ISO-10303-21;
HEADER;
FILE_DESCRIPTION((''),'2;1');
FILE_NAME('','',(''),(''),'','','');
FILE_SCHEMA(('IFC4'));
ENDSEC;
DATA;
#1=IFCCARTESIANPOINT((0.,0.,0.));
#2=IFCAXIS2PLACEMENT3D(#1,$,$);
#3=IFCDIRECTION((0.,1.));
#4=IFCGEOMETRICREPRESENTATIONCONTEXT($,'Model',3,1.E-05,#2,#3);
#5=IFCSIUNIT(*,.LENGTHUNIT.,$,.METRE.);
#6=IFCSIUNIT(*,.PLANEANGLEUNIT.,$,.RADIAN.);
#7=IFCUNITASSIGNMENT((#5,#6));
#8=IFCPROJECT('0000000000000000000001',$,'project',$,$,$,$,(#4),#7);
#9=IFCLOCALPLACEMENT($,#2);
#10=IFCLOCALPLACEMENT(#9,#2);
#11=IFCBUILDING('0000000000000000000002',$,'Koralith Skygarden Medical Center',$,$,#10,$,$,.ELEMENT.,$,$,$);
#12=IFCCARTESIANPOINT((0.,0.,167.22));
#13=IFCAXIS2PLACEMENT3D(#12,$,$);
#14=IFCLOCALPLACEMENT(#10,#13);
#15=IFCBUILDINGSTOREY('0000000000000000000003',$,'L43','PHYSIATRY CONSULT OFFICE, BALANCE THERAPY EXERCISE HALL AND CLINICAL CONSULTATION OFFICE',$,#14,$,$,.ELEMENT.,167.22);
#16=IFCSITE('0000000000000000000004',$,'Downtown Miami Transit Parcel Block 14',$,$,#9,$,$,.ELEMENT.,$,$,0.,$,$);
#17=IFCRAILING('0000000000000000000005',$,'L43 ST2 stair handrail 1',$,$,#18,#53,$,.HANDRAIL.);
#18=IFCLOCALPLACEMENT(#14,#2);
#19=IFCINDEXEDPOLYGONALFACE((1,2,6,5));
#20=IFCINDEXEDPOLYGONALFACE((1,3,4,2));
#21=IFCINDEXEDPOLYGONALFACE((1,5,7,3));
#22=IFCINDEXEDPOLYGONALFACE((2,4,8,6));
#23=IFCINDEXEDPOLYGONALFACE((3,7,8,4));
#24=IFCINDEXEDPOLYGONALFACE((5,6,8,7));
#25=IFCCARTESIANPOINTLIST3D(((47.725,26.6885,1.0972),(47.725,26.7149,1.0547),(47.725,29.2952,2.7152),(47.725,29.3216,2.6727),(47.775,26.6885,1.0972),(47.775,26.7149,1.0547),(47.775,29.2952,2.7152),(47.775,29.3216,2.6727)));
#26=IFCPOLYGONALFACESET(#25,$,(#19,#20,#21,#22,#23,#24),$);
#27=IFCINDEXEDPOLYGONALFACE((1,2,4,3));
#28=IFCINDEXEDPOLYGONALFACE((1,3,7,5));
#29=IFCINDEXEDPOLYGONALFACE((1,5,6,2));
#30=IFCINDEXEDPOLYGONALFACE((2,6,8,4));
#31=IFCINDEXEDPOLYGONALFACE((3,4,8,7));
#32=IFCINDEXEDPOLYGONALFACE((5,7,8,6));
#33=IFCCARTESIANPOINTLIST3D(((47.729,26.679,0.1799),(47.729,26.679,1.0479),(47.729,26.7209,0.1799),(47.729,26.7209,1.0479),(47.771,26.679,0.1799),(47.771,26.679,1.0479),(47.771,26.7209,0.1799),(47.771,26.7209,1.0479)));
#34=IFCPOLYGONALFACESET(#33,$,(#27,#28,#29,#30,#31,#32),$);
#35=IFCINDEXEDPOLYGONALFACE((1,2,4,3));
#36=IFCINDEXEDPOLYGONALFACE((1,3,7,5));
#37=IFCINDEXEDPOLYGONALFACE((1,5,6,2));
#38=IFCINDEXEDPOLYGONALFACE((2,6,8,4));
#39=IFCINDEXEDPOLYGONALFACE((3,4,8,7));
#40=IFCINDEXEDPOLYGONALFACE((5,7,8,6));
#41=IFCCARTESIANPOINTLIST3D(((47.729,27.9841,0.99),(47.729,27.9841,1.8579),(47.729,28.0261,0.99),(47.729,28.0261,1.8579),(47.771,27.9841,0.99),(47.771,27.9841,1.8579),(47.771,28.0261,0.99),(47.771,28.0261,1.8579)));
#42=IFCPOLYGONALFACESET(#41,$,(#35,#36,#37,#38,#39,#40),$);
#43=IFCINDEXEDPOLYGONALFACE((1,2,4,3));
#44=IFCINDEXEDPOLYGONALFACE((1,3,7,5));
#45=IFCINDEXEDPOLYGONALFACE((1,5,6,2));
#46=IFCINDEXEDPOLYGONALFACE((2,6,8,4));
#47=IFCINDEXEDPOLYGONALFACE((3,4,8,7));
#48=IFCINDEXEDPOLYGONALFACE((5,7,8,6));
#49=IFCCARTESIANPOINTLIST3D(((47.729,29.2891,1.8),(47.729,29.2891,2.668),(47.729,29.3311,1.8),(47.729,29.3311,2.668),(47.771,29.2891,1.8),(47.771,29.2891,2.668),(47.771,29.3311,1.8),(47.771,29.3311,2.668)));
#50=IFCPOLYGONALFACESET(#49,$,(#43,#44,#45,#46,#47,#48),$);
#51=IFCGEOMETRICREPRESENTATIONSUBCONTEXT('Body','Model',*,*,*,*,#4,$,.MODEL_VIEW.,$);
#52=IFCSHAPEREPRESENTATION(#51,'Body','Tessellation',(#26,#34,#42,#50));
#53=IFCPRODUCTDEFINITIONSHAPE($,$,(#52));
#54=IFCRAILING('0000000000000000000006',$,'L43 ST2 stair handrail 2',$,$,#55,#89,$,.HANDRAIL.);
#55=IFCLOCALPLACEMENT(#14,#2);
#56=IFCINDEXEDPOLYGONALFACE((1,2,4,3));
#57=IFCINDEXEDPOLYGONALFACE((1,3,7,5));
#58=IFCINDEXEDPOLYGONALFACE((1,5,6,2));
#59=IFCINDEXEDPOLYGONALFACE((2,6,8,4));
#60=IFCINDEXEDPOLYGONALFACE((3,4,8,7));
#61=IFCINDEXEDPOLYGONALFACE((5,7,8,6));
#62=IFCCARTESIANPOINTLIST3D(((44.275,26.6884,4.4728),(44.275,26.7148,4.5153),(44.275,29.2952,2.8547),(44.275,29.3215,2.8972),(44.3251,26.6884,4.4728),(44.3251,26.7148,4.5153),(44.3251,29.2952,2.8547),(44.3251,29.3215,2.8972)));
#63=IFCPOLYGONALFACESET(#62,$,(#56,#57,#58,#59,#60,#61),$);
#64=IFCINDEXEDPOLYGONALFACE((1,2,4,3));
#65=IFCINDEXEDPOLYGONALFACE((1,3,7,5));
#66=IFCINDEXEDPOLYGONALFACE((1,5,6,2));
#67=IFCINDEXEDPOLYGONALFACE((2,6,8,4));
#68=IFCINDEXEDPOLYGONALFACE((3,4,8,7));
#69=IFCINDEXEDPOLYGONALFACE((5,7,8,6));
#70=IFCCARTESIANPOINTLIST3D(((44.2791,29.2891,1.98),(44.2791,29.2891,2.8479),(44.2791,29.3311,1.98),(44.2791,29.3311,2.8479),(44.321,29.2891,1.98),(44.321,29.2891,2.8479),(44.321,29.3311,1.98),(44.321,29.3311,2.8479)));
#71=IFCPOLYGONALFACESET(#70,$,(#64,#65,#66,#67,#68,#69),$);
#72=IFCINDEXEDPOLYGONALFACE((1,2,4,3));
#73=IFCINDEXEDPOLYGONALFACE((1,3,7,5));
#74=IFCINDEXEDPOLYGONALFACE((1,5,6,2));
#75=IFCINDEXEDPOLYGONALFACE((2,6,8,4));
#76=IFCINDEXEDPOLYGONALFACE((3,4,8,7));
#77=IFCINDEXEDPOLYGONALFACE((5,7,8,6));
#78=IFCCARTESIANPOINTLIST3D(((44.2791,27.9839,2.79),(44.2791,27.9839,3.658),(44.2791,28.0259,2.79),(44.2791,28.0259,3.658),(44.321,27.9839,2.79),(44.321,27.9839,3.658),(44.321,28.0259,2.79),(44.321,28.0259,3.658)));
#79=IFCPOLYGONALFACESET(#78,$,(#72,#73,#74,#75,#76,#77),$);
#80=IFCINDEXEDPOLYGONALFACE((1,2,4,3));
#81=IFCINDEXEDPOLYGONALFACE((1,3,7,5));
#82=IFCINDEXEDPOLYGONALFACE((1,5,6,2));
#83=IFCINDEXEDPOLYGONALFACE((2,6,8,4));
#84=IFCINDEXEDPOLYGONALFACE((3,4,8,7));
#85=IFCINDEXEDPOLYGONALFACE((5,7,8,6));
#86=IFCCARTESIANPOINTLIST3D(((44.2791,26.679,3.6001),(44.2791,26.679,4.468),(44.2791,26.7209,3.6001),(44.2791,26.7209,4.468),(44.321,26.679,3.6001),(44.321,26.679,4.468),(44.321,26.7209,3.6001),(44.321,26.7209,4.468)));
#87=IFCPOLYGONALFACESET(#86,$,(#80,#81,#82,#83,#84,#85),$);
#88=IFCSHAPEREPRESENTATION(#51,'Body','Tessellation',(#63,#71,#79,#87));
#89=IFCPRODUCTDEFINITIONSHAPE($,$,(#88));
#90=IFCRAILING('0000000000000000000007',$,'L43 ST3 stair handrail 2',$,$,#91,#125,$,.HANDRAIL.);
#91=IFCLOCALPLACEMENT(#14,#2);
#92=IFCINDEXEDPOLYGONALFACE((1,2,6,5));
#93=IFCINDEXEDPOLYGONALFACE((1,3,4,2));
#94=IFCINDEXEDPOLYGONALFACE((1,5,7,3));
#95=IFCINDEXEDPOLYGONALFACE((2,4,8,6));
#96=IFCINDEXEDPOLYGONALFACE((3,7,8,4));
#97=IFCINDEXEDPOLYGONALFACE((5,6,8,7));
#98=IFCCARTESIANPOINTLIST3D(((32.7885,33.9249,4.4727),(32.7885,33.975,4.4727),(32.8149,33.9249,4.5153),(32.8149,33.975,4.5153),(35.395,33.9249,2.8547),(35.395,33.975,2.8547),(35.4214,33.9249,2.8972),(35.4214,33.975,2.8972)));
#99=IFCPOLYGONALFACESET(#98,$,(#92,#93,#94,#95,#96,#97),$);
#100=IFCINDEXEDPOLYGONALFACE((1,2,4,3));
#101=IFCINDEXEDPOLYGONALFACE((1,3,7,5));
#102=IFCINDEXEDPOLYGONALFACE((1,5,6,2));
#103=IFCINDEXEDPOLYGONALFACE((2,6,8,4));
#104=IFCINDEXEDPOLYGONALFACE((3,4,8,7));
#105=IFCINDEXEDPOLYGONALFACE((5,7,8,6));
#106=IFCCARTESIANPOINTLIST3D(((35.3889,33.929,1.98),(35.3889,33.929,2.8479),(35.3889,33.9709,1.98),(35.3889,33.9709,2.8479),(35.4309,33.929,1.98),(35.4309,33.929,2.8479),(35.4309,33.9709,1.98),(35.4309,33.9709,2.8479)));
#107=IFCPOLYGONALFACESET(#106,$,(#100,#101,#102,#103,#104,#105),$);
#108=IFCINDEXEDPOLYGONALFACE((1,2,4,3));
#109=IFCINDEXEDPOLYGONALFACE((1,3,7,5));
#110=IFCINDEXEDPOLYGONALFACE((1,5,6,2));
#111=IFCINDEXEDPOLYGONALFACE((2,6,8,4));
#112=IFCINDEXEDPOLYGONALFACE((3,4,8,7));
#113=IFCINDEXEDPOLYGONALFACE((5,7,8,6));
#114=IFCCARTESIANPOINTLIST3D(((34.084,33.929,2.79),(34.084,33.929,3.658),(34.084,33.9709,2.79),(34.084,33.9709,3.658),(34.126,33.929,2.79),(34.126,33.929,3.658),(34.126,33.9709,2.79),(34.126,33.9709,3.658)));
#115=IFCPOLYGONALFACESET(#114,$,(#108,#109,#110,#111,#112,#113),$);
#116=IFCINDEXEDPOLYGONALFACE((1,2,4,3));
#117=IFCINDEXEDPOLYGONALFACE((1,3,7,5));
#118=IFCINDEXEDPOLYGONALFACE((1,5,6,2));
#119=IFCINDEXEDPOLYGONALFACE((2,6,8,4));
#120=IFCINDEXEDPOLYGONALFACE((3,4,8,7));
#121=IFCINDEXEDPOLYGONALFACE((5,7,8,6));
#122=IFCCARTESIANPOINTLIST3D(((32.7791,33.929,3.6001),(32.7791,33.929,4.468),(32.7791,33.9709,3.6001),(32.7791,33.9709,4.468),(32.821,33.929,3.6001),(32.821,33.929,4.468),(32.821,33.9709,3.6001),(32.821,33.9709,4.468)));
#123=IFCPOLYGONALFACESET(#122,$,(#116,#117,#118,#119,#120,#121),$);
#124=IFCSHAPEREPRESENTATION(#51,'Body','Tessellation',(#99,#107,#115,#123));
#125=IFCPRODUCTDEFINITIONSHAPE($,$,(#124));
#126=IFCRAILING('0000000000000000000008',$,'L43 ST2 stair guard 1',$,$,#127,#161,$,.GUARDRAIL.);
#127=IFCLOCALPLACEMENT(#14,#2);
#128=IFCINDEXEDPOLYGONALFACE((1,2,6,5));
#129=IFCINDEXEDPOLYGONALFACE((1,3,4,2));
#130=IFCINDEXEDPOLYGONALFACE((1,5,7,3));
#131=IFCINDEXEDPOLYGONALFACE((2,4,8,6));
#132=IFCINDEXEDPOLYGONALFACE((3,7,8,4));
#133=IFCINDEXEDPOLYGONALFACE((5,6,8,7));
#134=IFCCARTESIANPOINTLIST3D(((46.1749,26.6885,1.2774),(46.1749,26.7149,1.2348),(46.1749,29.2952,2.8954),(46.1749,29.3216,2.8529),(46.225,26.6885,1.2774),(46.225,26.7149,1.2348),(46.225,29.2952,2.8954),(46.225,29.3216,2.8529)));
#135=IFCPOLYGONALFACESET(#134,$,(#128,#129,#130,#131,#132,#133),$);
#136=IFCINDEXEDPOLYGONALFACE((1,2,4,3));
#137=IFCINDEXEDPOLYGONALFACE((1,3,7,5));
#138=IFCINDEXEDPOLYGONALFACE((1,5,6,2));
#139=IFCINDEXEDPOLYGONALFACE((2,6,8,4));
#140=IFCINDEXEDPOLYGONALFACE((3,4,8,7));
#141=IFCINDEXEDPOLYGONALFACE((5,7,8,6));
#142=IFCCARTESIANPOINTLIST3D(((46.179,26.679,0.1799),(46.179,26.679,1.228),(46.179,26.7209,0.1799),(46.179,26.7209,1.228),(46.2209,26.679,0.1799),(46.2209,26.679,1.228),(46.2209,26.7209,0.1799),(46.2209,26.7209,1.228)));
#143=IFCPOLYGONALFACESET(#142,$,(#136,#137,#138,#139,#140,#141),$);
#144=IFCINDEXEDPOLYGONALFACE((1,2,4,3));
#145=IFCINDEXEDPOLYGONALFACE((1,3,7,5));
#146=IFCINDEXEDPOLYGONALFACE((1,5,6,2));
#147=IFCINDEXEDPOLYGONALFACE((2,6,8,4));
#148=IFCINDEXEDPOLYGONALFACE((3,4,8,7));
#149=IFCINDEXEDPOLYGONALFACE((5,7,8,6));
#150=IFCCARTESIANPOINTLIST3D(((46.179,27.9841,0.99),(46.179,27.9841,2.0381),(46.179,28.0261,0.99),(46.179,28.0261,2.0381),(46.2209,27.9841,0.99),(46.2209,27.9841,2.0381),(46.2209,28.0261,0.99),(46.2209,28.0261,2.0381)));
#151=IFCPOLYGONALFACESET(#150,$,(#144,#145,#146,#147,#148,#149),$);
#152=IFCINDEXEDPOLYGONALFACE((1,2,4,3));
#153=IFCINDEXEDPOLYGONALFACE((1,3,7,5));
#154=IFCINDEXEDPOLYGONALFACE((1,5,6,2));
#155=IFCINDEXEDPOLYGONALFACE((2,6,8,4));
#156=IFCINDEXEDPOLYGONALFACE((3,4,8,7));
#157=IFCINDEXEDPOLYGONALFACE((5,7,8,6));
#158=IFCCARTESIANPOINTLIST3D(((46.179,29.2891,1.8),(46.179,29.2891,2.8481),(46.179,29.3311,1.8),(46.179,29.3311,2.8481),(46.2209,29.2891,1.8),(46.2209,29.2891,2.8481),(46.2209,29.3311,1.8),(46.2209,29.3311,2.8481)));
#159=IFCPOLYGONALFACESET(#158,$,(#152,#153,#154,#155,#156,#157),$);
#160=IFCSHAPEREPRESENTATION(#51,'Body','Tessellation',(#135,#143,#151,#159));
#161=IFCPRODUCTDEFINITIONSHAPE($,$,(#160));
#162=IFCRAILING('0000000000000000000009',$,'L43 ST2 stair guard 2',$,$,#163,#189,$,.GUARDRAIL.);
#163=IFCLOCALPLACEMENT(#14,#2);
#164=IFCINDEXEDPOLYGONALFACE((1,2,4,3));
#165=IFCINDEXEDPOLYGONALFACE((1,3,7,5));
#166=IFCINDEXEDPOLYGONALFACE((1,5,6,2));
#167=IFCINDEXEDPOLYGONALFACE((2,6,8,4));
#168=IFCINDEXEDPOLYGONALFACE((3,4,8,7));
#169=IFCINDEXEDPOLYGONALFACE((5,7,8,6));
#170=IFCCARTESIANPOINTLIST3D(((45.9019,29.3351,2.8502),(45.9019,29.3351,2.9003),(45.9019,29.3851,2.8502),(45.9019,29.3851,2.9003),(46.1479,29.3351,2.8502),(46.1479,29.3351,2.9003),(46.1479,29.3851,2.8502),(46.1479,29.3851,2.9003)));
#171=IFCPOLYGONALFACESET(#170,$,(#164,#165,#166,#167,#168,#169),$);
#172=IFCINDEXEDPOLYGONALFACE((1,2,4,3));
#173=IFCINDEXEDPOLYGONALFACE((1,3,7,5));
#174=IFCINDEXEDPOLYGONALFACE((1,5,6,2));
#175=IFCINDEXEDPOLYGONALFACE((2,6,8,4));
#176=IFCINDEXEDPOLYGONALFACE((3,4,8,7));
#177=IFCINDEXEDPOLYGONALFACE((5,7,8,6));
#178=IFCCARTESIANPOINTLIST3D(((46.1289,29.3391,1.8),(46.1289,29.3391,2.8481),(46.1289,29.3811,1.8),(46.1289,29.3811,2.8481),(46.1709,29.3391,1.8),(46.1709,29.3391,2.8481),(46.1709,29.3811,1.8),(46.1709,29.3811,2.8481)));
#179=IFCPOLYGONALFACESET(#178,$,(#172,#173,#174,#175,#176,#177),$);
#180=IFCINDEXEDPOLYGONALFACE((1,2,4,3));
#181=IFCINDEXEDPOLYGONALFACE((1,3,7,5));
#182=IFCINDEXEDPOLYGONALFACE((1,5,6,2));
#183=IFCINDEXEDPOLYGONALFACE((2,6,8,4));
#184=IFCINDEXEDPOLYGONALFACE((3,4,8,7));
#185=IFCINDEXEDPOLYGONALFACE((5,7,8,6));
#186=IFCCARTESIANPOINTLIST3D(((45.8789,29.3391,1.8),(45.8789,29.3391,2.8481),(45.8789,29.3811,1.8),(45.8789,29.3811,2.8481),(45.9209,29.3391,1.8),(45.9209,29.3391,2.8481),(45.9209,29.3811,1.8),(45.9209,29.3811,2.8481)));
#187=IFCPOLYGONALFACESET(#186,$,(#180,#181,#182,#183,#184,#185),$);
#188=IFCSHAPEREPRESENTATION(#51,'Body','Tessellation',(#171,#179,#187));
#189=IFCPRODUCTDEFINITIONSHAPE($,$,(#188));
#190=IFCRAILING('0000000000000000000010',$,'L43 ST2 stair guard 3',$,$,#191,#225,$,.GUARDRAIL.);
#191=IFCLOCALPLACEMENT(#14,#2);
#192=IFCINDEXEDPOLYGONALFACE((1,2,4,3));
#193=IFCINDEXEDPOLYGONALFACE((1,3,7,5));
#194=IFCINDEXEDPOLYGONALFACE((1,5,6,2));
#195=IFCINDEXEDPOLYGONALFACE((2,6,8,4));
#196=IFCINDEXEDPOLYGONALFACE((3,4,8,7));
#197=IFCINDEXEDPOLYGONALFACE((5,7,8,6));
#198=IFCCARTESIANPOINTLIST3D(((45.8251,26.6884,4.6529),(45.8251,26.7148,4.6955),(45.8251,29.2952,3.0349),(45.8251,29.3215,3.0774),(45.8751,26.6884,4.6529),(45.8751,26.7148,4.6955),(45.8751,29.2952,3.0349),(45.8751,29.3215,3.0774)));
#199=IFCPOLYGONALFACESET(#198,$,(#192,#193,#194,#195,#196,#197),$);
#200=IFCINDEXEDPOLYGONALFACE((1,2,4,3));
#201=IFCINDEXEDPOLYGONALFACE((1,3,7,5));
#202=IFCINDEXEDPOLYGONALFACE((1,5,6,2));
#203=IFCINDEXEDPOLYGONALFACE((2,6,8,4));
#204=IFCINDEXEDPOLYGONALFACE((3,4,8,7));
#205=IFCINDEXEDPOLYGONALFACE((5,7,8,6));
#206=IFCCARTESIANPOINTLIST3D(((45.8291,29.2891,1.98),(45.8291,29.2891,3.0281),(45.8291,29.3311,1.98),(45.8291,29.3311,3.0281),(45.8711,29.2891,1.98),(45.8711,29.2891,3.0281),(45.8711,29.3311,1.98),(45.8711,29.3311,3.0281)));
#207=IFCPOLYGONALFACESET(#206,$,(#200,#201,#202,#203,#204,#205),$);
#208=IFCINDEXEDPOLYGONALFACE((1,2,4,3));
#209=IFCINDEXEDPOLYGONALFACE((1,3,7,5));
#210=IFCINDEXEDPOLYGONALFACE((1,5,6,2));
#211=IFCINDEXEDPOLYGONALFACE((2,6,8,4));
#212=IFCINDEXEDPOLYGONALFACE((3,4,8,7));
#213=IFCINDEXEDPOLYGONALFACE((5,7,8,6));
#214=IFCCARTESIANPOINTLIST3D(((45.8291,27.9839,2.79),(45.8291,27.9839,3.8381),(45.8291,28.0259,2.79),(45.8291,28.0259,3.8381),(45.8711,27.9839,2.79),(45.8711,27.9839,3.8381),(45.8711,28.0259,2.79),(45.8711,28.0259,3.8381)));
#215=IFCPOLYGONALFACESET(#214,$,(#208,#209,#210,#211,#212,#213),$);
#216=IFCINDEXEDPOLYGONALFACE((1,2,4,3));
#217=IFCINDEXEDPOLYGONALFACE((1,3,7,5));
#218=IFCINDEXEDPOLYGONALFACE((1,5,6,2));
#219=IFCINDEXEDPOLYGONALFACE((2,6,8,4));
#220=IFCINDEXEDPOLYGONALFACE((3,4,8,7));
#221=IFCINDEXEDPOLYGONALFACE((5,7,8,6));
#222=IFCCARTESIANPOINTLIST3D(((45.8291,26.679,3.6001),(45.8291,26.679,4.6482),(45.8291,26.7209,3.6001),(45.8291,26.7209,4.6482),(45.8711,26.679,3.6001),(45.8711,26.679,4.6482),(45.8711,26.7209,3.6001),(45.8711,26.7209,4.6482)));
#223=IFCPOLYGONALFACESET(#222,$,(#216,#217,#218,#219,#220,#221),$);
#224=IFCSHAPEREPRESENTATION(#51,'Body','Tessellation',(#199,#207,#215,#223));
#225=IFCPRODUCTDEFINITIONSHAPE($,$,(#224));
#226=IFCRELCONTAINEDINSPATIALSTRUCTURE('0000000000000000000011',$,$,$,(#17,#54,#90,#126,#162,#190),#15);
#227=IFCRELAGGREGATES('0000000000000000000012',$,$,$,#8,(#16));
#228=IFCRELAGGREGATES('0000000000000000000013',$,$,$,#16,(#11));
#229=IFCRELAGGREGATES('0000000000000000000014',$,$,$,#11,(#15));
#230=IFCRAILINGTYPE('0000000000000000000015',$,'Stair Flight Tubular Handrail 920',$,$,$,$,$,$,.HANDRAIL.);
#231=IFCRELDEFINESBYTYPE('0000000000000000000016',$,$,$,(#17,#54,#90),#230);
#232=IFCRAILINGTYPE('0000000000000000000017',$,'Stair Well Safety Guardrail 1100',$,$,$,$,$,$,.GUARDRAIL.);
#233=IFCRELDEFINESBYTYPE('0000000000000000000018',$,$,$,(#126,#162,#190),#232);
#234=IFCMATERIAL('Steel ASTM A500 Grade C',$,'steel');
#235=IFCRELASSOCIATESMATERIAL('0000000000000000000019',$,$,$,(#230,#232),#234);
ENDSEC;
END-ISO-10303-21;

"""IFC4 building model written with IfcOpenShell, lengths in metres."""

from ifc_helpers import new_model, si_unit, direction, frame, origin, origin_2d, place, context, subcontext, project, spatial, rectangle, extrude, material, type_object, element, save


model = new_model("IFC4")

# Units and contexts
model_context = context("Model", 3, precision=1e-05, world=origin(), true_north=direction((0.0, 1.0)))
body_context = subcontext(model_context, "Body", "Model", "MODEL_VIEW")
ifc_project = project(units=[si_unit("LENGTHUNIT", "METRE"), si_unit("PLANEANGLEUNIT", "RADIAN")], contexts=[model_context])

# Site, building, storey
site_placement = place(None, origin())
site = spatial("IfcSite", under=ifc_project, at=site_placement, Name="Downtown Miami Transit Parcel Block 14", CompositionType="ELEMENT", RefElevation=0.0)
building_placement = place(site_placement, origin())
building = spatial("IfcBuilding", under=site, at=building_placement, Name="Koralith Skygarden Medical Center", CompositionType="ELEMENT")
storey_placement = place(building_placement, frame((0.0, 0.0, 167.22)))
storey = spatial("IfcBuildingStorey", under=building, at=storey_placement, Name="L43", Description="PHYSIATRY CONSULT OFFICE, BALANCE THERAPY EXERCISE HALL AND CLINICAL CONSULTATION OFFICE", CompositionType="ELEMENT", Elevation=167.22)

# Shared definitions
ifc_material_1 = material(Name="Steel ASTM A500 Grade C", Category="steel")

# Railings
railing_type_1 = type_object("IfcRailingType", Name="Stair Flight Tubular Handrail 920", PredefinedType="HANDRAIL", material=ifc_material_1)
railing_1_placement = place(storey_placement, frame((47.75, 26.7, 0.1799)))
element("IfcRailing", 1, at=railing_1_placement, inside=storey, type_object=railing_type_1, Name="L43 ST2 stair handrail 1", PredefinedType="HANDRAIL", context=body_context, shape_type="SweptSolid", body=[
    extrude(rectangle(XDim=0.05, YDim=0.05, at=origin_2d()), frame((0.0, 0.0017, 0.896), z_axis=(0.0, 0.849633, 0.527375), x_axis=(-1.0, 0.0, 0.0)), (0.0, 0.0, 1.0), 3.0681),
    extrude(rectangle(XDim=0.042, YDim=0.042, at=origin_2d()), origin(), (0.0, 0.0, 1.0), 0.8679),
    extrude(rectangle(XDim=0.042, YDim=0.042, at=origin_2d()), frame((0.0, 1.3052, 0.8101)), (0.0, 0.0, 1.0), 0.8679),
    extrude(rectangle(XDim=0.042, YDim=0.042, at=origin_2d()), frame((0.0, 2.6101, 1.6201)), (0.0, 0.0, 1.0), 0.8679),
])
railing_2_placement = place(storey_placement, frame((44.3, 29.3101, 1.98)))
element("IfcRailing", 2, at=railing_2_placement, inside=storey, type_object=railing_type_1, Name="L43 ST2 stair handrail 2", PredefinedType="HANDRAIL", context=body_context, shape_type="SweptSolid", body=[
    extrude(rectangle(XDim=0.05, YDim=0.05, at=origin_2d()), frame((0.0, -0.0017, 0.896), z_axis=(0.0, -0.849633, 0.527375), x_axis=(1.0, 0.0, 0.0)), (0.0, 0.0, 1.0), 3.0681),
    extrude(rectangle(XDim=0.042, YDim=0.042, at=origin_2d()), origin(), (0.0, 0.0, 1.0), 0.8679),
    extrude(rectangle(XDim=0.042, YDim=0.042, at=origin_2d()), frame((0.0, -1.3052, 0.8101)), (0.0, 0.0, 1.0), 0.8679),
    extrude(rectangle(XDim=0.042, YDim=0.042, at=origin_2d()), frame((0.0, -2.6101, 1.6201)), (0.0, 0.0, 1.0), 0.8679),
])
railing_3_placement = place(storey_placement, frame((35.4099, 33.95, 1.98)))
element("IfcRailing", 3, at=railing_3_placement, inside=storey, type_object=railing_type_1, Name="L43 ST3 stair handrail 2", PredefinedType="HANDRAIL", context=body_context, shape_type="SweptSolid", body=[
    extrude(rectangle(XDim=0.05, YDim=0.05, at=origin_2d()), frame((-0.0017, 0.0, 0.896), z_axis=(-0.849611, 0.0, 0.52741), x_axis=(0.0, -1.0, 0.0)), (0.0, 0.0, 1.0), 3.0679),
    extrude(rectangle(XDim=0.042, YDim=0.042, at=origin_2d()), origin(), (0.0, 0.0, 1.0), 0.8679),
    extrude(rectangle(XDim=0.042, YDim=0.042, at=origin_2d()), frame((-1.3049, 0.0, 0.8101)), (0.0, 0.0, 1.0), 0.8679),
    extrude(rectangle(XDim=0.042, YDim=0.042, at=origin_2d()), frame((-2.6099, 0.0, 1.6201)), (0.0, 0.0, 1.0), 0.8679),
])
railing_type_2 = type_object("IfcRailingType", Name="Stair Well Safety Guardrail 1100", PredefinedType="GUARDRAIL", material=ifc_material_1)
railing_4_placement = place(storey_placement, frame((46.2, 26.7, 0.1799)))
element("IfcRailing", 4, at=railing_4_placement, inside=storey, type_object=railing_type_2, Name="L43 ST2 stair guard 1", PredefinedType="GUARDRAIL", context=body_context, shape_type="SweptSolid", body=[
    extrude(rectangle(XDim=0.05, YDim=0.05, at=origin_2d()), frame((0.0, 0.0017, 1.0762), z_axis=(0.0, 0.849633, 0.527375), x_axis=(-1.0, 0.0, 0.0)), (0.0, 0.0, 1.0), 3.0681),
    extrude(rectangle(XDim=0.042, YDim=0.042, at=origin_2d()), origin(), (0.0, 0.0, 1.0), 1.0481),
    extrude(rectangle(XDim=0.042, YDim=0.042, at=origin_2d()), frame((0.0, 1.3052, 0.8101)), (0.0, 0.0, 1.0), 1.0481),
    extrude(rectangle(XDim=0.042, YDim=0.042, at=origin_2d()), frame((0.0, 2.6101, 1.6201)), (0.0, 0.0, 1.0), 1.0481),
])
railing_5_placement = place(storey_placement, frame((46.1499, 29.3601, 1.8)))
element("IfcRailing", 5, at=railing_5_placement, inside=storey, type_object=railing_type_2, Name="L43 ST2 stair guard 2", PredefinedType="GUARDRAIL", context=body_context, shape_type="SweptSolid", body=[
    extrude(rectangle(XDim=0.05, YDim=0.05, at=origin_2d()), frame((-0.002, 0.0, 1.0752), z_axis=(-1.0, 0.0, 0.0), x_axis=(0.0, -1.0, 0.0)), (0.0, 0.0, 1.0), 0.2461),
    extrude(rectangle(XDim=0.042, YDim=0.042, at=origin_2d()), origin(), (0.0, 0.0, 1.0), 1.0481),
    extrude(rectangle(XDim=0.042, YDim=0.042, at=origin_2d()), frame((-0.25, 0.0, 0.0)), (0.0, 0.0, 1.0), 1.0481),
])
railing_6_placement = place(storey_placement, frame((45.8501, 29.3101, 1.98)))
element("IfcRailing", 6, at=railing_6_placement, inside=storey, type_object=railing_type_2, Name="L43 ST2 stair guard 3", PredefinedType="GUARDRAIL", context=body_context, shape_type="SweptSolid", body=[
    extrude(rectangle(XDim=0.05, YDim=0.05, at=origin_2d()), frame((0.0, -0.0017, 1.0762), z_axis=(0.0, -0.849633, 0.527375), x_axis=(1.0, 0.0, 0.0)), (0.0, 0.0, 1.0), 3.0681),
    extrude(rectangle(XDim=0.042, YDim=0.042, at=origin_2d()), origin(), (0.0, 0.0, 1.0), 1.0481),
    extrude(rectangle(XDim=0.042, YDim=0.042, at=origin_2d()), frame((0.0, -1.3052, 0.8101)), (0.0, 0.0, 1.0), 1.0481),
    extrude(rectangle(XDim=0.042, YDim=0.042, at=origin_2d()), frame((0.0, -2.6101, 1.6201)), (0.0, 0.0, 1.0), 1.0481),
])

save(model, "model.ifc")
